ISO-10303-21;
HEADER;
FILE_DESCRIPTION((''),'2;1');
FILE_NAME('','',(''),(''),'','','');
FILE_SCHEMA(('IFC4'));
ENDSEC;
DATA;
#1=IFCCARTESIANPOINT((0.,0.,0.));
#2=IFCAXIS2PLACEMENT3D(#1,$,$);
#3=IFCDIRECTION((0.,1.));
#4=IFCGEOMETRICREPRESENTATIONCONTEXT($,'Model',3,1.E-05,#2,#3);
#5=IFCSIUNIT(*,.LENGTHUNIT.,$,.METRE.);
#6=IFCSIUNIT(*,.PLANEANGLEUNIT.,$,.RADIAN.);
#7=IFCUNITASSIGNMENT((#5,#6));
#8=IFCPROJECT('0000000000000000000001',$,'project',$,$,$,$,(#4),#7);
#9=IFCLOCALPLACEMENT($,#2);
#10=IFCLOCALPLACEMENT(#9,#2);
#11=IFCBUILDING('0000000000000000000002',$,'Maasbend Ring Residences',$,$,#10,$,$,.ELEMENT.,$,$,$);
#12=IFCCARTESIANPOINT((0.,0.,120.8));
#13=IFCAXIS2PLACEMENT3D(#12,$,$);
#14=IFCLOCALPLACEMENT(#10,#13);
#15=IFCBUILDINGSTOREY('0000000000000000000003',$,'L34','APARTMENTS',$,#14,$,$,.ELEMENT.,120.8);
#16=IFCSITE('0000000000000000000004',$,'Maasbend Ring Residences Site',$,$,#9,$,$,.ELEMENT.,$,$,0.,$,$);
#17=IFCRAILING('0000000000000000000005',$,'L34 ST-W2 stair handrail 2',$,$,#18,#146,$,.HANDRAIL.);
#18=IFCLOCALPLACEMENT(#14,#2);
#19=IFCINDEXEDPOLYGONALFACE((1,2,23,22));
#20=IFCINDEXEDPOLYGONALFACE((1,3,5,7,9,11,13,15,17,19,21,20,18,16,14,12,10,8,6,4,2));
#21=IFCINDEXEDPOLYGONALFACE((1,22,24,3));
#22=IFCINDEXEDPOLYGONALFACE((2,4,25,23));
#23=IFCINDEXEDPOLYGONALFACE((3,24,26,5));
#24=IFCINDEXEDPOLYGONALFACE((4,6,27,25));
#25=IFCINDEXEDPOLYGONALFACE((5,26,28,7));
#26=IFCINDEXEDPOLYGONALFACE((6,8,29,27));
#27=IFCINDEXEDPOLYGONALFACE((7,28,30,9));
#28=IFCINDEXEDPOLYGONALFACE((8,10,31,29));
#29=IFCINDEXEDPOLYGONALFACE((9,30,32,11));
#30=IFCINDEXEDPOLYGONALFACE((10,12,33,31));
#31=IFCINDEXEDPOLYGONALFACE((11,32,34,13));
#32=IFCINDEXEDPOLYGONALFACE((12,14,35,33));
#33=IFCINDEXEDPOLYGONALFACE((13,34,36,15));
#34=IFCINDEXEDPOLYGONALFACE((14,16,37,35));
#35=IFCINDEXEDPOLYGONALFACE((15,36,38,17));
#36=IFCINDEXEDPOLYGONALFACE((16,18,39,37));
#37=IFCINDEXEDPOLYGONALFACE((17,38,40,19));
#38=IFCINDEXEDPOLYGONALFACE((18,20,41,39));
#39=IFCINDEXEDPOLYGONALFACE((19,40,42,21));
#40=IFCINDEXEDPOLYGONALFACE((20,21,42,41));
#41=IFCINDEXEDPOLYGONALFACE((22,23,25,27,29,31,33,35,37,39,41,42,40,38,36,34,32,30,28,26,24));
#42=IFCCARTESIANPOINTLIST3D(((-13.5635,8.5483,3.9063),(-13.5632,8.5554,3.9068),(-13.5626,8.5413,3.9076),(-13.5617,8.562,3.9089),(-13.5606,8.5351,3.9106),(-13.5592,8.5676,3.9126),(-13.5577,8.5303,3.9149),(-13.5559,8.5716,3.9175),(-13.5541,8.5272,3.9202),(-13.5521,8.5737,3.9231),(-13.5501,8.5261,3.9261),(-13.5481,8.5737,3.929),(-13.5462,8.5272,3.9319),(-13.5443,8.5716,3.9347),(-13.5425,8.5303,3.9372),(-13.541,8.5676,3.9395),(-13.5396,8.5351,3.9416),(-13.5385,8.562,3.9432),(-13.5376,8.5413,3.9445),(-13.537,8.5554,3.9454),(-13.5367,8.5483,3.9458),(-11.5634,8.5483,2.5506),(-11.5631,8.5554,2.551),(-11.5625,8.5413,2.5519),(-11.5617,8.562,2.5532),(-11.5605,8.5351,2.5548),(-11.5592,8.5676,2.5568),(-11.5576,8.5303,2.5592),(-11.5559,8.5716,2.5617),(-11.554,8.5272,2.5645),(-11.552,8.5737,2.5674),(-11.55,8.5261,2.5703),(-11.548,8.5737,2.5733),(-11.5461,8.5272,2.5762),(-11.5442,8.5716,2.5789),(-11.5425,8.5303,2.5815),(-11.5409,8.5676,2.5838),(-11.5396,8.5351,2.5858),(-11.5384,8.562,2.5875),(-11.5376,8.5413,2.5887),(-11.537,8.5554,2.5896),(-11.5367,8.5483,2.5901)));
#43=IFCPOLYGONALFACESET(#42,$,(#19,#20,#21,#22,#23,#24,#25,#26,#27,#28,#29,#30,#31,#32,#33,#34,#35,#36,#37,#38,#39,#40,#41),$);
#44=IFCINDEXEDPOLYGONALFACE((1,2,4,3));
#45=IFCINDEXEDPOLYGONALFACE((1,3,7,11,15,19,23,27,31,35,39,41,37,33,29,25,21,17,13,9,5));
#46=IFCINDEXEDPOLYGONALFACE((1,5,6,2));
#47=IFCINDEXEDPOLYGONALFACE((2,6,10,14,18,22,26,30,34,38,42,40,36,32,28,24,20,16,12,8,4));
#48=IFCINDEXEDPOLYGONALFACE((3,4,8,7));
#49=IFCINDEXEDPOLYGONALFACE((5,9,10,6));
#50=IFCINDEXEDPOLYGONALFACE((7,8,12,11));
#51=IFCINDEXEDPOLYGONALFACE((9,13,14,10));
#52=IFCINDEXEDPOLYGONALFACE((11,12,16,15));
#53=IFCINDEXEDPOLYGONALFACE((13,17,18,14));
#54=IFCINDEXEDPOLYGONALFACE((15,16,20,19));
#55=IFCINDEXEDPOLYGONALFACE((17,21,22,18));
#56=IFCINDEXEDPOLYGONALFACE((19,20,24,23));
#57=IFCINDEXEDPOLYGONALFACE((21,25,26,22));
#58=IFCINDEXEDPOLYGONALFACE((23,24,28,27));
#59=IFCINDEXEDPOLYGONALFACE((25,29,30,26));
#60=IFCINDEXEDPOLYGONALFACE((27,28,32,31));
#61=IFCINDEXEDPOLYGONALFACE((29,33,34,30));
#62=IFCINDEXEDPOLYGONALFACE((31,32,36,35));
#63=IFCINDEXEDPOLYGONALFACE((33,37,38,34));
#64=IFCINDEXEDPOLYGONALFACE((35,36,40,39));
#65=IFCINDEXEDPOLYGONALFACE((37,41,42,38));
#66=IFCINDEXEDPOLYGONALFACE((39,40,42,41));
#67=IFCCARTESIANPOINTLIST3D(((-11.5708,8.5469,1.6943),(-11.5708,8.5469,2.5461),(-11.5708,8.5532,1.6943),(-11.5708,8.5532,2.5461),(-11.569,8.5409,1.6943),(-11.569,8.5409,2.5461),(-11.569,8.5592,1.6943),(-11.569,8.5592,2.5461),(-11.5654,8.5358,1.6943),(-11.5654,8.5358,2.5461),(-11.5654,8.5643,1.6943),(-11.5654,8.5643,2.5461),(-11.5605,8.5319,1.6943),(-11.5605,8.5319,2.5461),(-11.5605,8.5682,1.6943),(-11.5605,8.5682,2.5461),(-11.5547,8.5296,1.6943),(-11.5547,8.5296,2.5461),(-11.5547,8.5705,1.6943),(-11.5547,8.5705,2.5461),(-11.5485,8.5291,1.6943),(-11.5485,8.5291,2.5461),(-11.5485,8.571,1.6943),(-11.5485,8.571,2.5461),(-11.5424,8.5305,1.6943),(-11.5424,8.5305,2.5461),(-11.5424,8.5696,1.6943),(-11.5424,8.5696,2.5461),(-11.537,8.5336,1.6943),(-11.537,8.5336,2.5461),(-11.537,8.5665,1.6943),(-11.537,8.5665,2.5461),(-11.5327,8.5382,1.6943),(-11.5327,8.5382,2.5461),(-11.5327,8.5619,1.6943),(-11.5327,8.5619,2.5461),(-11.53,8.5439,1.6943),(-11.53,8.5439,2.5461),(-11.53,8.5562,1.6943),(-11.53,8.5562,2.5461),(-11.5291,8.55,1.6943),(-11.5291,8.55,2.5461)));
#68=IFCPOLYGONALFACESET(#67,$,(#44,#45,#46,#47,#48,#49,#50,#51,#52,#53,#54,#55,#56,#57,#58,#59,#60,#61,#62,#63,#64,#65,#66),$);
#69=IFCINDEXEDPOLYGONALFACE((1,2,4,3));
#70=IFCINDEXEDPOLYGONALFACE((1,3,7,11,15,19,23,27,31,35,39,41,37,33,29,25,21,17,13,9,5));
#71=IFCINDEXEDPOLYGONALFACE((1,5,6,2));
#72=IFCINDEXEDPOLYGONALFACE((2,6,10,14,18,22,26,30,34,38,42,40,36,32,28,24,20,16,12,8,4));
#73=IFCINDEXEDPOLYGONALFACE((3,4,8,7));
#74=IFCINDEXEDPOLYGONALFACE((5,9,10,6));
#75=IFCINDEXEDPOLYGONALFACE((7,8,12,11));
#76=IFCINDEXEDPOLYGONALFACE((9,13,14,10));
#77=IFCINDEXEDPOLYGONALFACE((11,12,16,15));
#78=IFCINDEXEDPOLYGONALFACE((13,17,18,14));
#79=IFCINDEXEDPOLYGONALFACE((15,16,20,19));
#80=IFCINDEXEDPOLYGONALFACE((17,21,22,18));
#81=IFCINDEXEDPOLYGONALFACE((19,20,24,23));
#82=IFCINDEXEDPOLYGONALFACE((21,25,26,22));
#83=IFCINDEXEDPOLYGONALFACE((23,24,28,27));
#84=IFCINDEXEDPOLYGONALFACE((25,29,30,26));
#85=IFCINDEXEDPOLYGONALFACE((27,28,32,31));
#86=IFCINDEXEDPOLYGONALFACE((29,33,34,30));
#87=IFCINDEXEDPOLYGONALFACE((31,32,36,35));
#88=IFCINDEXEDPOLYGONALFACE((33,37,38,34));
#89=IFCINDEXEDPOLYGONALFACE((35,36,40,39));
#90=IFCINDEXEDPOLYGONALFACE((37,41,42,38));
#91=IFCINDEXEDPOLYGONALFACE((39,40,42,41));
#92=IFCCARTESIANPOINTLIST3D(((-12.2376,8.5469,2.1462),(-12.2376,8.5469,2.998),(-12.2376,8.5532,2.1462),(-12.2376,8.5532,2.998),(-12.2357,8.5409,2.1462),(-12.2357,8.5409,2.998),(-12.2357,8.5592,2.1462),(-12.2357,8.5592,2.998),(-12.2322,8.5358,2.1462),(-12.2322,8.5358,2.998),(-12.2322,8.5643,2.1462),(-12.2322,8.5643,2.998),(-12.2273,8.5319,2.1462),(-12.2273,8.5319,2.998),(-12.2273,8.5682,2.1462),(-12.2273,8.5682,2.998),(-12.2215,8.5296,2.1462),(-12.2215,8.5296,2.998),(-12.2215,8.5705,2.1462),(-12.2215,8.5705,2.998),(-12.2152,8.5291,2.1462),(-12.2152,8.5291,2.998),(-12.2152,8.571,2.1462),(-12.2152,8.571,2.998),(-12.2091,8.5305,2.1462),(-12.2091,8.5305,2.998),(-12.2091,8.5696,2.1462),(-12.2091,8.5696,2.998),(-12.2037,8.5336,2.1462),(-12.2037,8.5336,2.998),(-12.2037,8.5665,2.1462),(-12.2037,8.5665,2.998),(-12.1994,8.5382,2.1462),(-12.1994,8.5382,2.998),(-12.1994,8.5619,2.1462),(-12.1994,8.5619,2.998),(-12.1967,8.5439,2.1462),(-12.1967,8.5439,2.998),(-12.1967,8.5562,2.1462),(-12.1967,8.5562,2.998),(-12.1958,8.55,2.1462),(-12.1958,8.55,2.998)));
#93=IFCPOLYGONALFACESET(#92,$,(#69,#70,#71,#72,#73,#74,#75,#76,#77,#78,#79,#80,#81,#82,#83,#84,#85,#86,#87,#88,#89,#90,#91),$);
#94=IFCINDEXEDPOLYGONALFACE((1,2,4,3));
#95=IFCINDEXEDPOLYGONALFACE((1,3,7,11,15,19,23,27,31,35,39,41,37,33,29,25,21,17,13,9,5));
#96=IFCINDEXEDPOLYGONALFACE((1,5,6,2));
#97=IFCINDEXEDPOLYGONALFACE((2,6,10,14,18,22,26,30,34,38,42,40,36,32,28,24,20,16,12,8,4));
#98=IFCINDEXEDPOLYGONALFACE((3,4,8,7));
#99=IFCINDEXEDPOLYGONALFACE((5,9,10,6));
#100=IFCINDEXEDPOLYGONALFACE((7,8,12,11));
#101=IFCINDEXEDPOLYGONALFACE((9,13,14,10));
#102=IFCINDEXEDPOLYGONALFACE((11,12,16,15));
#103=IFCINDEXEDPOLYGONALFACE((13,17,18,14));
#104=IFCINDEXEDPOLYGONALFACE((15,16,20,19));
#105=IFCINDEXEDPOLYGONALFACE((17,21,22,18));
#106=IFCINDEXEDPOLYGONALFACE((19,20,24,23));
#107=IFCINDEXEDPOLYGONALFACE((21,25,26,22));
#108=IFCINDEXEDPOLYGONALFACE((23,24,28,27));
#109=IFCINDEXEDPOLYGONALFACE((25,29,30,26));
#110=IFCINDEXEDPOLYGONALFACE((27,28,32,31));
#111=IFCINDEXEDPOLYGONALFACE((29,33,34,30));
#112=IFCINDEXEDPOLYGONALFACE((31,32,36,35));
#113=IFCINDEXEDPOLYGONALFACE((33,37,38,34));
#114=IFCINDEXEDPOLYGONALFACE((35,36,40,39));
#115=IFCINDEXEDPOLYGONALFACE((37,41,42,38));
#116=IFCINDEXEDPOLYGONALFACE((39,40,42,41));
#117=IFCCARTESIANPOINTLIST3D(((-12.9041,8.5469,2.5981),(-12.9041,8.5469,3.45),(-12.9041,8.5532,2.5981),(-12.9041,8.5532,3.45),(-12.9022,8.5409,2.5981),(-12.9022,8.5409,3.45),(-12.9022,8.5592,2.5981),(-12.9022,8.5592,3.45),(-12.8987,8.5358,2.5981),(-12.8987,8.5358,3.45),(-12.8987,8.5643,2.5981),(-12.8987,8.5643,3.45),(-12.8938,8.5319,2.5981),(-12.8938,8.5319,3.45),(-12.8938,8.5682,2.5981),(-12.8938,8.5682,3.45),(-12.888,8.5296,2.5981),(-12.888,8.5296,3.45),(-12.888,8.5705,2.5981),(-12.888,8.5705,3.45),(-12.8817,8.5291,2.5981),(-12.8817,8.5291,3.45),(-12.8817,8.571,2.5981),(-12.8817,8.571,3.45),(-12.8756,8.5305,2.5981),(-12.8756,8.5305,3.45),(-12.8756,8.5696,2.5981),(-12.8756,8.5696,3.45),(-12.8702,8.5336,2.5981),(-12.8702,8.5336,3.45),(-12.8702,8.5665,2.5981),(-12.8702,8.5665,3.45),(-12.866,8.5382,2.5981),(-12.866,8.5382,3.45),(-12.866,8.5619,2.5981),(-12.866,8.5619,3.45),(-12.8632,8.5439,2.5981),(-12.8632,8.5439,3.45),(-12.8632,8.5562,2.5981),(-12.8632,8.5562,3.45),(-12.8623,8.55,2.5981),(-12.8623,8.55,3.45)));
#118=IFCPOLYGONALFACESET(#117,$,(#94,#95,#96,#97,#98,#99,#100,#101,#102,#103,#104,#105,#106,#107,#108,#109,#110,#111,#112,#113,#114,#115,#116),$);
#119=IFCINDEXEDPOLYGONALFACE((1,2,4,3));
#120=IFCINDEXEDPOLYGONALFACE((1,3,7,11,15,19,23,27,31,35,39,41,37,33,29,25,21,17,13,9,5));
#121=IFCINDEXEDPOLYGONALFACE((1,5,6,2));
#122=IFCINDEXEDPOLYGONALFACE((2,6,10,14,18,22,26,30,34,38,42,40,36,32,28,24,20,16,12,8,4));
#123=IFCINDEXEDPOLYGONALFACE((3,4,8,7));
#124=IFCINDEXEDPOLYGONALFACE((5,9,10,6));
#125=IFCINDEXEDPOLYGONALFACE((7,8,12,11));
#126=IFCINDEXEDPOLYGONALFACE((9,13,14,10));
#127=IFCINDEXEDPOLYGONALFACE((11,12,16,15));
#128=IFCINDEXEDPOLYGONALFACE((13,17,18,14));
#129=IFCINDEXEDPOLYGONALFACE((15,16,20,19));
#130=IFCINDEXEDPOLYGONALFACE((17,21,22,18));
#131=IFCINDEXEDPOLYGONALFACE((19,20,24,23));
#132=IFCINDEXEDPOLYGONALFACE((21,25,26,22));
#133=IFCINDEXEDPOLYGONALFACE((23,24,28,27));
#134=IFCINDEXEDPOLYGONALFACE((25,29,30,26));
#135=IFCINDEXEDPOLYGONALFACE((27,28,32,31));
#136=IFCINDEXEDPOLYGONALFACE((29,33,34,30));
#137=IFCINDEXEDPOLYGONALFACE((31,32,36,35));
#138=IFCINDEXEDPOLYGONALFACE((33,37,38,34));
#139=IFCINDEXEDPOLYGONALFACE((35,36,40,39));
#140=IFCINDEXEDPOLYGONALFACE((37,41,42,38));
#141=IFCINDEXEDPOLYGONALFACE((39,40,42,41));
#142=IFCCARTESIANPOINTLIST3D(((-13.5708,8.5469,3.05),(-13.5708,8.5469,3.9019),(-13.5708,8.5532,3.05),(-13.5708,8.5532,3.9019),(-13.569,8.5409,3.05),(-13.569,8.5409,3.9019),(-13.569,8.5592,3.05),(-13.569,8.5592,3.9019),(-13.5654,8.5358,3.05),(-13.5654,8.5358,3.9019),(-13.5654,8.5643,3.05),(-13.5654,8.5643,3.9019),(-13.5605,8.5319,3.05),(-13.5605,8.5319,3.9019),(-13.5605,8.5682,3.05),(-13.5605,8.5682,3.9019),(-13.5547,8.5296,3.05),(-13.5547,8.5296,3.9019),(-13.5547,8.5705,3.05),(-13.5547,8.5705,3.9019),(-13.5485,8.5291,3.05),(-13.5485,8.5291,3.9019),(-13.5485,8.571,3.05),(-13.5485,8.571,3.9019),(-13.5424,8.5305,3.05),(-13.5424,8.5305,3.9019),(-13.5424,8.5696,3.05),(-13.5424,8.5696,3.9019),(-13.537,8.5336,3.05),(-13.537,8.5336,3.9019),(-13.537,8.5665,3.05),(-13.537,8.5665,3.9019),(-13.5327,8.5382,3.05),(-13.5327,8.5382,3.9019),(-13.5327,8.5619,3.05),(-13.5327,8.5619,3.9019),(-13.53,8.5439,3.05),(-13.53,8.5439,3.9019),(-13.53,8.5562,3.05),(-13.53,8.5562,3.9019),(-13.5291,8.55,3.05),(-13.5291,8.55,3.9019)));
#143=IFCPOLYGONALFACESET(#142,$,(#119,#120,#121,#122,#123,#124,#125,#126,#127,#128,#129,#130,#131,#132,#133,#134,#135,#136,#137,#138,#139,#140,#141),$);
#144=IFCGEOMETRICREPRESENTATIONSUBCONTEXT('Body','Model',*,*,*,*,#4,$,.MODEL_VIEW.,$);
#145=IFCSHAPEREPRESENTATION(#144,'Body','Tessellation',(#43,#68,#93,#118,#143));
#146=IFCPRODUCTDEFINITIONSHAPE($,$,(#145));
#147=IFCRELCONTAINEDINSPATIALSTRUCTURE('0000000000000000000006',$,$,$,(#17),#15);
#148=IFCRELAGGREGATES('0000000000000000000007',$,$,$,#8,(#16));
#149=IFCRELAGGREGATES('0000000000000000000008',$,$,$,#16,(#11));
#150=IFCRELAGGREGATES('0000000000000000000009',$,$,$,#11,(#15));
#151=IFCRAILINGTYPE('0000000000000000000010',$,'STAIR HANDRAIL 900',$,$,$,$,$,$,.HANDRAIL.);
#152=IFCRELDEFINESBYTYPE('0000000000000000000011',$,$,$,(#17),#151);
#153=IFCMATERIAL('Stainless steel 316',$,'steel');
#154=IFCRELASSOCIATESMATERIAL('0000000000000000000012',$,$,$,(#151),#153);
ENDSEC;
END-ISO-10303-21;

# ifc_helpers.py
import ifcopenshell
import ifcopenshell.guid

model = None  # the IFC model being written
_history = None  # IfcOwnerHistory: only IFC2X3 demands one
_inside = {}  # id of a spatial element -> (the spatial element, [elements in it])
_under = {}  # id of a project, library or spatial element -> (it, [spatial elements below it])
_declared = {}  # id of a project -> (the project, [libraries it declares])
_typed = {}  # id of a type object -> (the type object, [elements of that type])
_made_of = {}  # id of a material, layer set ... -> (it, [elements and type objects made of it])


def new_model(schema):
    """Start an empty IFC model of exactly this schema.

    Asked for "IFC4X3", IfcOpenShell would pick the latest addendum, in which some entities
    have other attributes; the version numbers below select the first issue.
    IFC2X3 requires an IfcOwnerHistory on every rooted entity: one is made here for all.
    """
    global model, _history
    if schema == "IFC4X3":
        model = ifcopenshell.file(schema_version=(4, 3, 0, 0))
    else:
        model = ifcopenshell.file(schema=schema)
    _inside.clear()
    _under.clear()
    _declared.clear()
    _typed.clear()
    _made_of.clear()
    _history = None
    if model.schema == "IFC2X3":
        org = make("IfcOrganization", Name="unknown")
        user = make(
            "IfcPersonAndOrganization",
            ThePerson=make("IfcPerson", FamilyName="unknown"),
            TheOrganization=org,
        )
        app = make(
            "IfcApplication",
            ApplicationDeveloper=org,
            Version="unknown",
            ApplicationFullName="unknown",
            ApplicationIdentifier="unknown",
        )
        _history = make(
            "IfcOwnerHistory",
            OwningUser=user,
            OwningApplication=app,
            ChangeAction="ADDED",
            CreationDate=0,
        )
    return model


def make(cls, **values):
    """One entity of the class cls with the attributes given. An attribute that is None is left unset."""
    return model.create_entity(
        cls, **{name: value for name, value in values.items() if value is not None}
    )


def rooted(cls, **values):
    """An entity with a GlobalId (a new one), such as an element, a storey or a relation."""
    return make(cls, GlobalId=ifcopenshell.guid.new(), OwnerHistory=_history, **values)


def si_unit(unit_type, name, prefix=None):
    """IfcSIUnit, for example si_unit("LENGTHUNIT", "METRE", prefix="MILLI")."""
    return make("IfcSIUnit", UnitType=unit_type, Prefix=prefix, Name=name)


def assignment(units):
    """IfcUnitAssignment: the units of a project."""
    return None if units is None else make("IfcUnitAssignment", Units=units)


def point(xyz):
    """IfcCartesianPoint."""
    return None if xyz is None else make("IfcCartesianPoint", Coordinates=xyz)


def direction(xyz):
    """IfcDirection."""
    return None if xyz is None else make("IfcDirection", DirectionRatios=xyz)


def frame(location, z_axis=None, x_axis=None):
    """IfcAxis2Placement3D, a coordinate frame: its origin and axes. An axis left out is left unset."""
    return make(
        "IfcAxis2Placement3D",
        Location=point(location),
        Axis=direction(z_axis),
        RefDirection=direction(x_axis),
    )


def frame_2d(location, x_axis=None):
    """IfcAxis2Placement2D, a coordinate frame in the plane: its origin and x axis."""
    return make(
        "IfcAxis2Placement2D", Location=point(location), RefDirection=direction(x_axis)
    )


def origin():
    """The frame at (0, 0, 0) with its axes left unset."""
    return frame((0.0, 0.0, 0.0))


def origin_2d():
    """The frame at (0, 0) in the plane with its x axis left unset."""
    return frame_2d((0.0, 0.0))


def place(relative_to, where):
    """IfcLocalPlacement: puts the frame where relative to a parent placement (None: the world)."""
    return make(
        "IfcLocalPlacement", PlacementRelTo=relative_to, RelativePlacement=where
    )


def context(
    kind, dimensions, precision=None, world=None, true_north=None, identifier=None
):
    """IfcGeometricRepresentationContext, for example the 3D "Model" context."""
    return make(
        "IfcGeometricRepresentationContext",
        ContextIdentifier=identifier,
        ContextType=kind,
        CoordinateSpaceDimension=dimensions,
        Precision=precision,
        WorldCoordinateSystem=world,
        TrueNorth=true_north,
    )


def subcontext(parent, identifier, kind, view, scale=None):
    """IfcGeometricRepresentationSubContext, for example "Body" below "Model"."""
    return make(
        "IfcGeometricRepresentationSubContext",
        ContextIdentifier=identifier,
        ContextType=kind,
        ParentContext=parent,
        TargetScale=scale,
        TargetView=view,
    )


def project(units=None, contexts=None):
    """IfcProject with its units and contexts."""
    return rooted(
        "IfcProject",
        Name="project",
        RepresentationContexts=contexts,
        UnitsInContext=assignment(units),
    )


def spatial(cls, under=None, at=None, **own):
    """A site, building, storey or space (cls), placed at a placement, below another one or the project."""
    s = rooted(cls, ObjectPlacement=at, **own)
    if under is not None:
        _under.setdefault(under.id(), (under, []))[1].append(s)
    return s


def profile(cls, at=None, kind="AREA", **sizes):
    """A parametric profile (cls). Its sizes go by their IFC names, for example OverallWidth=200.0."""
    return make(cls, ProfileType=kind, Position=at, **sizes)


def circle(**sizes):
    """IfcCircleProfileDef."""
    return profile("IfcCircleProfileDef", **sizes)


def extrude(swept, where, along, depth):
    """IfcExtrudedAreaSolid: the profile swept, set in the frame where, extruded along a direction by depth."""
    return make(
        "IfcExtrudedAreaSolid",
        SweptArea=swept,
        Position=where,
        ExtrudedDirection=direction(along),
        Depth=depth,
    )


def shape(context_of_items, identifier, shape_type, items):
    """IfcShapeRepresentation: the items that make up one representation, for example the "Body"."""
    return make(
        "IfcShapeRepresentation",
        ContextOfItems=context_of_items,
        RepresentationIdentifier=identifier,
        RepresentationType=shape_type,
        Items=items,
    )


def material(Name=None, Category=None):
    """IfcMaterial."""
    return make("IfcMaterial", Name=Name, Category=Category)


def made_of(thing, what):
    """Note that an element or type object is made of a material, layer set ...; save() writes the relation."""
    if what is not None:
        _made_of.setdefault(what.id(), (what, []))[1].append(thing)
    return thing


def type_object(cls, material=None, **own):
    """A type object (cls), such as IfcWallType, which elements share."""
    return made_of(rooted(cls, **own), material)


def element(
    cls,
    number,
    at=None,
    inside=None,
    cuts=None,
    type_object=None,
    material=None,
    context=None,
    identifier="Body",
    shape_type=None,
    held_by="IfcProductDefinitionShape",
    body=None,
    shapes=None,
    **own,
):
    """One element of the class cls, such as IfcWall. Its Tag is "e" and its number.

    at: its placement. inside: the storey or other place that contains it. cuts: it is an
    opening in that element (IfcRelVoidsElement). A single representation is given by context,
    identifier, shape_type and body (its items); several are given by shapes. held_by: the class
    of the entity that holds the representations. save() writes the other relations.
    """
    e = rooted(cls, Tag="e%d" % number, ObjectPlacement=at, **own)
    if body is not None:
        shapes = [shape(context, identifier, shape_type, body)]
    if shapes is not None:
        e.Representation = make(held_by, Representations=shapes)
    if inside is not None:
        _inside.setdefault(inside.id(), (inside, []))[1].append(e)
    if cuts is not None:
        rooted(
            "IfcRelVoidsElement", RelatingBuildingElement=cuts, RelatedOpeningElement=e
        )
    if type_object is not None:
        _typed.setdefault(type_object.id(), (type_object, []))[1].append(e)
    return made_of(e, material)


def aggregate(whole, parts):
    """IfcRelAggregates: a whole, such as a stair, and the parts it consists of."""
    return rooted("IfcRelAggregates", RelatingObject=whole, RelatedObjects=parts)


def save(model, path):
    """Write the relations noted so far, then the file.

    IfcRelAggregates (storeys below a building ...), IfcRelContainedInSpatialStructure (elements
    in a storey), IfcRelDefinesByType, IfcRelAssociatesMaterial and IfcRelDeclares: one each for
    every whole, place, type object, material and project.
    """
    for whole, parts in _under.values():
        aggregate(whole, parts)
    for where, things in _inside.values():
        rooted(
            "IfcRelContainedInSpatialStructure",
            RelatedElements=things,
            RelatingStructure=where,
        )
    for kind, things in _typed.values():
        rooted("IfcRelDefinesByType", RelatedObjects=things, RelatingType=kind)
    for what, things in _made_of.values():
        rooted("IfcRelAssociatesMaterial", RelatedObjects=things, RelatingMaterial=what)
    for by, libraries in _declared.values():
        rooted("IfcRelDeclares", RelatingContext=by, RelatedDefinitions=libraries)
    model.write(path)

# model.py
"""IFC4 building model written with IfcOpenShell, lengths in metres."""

from ifc_helpers import new_model, si_unit, direction, frame, origin, origin_2d, place, context, subcontext, project, spatial, circle, extrude, material, type_object, element, save


model = new_model("IFC4")

# Units and contexts
model_context = context("Model", 3, precision=1e-05, world=origin(), true_north=direction((0.0, 1.0)))
body_context = subcontext(model_context, "Body", "Model", "MODEL_VIEW")
ifc_project = project(units=[si_unit("LENGTHUNIT", "METRE"), si_unit("PLANEANGLEUNIT", "RADIAN")], contexts=[model_context])

# Site, building, storey
site_placement = place(None, origin())
site = spatial("IfcSite", under=ifc_project, at=site_placement, Name="Maasbend Ring Residences Site", CompositionType="ELEMENT", RefElevation=0.0)
building_placement = place(site_placement, origin())
building = spatial("IfcBuilding", under=site, at=building_placement, Name="Maasbend Ring Residences", CompositionType="ELEMENT")
storey_placement = place(building_placement, frame((0.0, 0.0, 120.8)))
storey = spatial("IfcBuildingStorey", under=building, at=storey_placement, Name="L34", Description="APARTMENTS", CompositionType="ELEMENT", Elevation=120.8)

# Railing
ifc_material_1 = material(Name="Stainless steel 316", Category="steel")
railing_type_1 = type_object("IfcRailingType", Name="STAIR HANDRAIL 900", PredefinedType="HANDRAIL", material=ifc_material_1)
railing_1_placement = place(storey_placement, frame((-11.55, 8.55, 1.6943)))
element("IfcRailing", 1, at=railing_1_placement, inside=storey, type_object=railing_type_1, Name="L34 ST-W2 stair handrail 2", PredefinedType="HANDRAIL", context=body_context, shape_type="SweptSolid", body=[
    extrude(circle(Radius=0.0239, at=origin_2d()), frame((0.0, 0.0, 0.876), z_axis=(-0.827751, 0.0, 0.561096), x_axis=(0.0, -1.0, 0.0)), (0.0, 0.0, 1.0), 2.4163),
    extrude(circle(Radius=0.021, at=origin_2d()), origin(), (0.0, 0.0, 1.0), 0.8518),
    extrude(circle(Radius=0.021, at=origin_2d()), frame((-0.6667, 0.0, 0.4519)), (0.0, 0.0, 1.0), 0.8518),
    extrude(circle(Radius=0.021, at=origin_2d()), frame((-1.3333, 0.0, 0.9038)), (0.0, 0.0, 1.0), 0.8518),
    extrude(circle(Radius=0.021, at=origin_2d()), frame((-2.0, 0.0, 1.3557)), (0.0, 0.0, 1.0), 0.8518),
])

save(model, "model.ifc")
